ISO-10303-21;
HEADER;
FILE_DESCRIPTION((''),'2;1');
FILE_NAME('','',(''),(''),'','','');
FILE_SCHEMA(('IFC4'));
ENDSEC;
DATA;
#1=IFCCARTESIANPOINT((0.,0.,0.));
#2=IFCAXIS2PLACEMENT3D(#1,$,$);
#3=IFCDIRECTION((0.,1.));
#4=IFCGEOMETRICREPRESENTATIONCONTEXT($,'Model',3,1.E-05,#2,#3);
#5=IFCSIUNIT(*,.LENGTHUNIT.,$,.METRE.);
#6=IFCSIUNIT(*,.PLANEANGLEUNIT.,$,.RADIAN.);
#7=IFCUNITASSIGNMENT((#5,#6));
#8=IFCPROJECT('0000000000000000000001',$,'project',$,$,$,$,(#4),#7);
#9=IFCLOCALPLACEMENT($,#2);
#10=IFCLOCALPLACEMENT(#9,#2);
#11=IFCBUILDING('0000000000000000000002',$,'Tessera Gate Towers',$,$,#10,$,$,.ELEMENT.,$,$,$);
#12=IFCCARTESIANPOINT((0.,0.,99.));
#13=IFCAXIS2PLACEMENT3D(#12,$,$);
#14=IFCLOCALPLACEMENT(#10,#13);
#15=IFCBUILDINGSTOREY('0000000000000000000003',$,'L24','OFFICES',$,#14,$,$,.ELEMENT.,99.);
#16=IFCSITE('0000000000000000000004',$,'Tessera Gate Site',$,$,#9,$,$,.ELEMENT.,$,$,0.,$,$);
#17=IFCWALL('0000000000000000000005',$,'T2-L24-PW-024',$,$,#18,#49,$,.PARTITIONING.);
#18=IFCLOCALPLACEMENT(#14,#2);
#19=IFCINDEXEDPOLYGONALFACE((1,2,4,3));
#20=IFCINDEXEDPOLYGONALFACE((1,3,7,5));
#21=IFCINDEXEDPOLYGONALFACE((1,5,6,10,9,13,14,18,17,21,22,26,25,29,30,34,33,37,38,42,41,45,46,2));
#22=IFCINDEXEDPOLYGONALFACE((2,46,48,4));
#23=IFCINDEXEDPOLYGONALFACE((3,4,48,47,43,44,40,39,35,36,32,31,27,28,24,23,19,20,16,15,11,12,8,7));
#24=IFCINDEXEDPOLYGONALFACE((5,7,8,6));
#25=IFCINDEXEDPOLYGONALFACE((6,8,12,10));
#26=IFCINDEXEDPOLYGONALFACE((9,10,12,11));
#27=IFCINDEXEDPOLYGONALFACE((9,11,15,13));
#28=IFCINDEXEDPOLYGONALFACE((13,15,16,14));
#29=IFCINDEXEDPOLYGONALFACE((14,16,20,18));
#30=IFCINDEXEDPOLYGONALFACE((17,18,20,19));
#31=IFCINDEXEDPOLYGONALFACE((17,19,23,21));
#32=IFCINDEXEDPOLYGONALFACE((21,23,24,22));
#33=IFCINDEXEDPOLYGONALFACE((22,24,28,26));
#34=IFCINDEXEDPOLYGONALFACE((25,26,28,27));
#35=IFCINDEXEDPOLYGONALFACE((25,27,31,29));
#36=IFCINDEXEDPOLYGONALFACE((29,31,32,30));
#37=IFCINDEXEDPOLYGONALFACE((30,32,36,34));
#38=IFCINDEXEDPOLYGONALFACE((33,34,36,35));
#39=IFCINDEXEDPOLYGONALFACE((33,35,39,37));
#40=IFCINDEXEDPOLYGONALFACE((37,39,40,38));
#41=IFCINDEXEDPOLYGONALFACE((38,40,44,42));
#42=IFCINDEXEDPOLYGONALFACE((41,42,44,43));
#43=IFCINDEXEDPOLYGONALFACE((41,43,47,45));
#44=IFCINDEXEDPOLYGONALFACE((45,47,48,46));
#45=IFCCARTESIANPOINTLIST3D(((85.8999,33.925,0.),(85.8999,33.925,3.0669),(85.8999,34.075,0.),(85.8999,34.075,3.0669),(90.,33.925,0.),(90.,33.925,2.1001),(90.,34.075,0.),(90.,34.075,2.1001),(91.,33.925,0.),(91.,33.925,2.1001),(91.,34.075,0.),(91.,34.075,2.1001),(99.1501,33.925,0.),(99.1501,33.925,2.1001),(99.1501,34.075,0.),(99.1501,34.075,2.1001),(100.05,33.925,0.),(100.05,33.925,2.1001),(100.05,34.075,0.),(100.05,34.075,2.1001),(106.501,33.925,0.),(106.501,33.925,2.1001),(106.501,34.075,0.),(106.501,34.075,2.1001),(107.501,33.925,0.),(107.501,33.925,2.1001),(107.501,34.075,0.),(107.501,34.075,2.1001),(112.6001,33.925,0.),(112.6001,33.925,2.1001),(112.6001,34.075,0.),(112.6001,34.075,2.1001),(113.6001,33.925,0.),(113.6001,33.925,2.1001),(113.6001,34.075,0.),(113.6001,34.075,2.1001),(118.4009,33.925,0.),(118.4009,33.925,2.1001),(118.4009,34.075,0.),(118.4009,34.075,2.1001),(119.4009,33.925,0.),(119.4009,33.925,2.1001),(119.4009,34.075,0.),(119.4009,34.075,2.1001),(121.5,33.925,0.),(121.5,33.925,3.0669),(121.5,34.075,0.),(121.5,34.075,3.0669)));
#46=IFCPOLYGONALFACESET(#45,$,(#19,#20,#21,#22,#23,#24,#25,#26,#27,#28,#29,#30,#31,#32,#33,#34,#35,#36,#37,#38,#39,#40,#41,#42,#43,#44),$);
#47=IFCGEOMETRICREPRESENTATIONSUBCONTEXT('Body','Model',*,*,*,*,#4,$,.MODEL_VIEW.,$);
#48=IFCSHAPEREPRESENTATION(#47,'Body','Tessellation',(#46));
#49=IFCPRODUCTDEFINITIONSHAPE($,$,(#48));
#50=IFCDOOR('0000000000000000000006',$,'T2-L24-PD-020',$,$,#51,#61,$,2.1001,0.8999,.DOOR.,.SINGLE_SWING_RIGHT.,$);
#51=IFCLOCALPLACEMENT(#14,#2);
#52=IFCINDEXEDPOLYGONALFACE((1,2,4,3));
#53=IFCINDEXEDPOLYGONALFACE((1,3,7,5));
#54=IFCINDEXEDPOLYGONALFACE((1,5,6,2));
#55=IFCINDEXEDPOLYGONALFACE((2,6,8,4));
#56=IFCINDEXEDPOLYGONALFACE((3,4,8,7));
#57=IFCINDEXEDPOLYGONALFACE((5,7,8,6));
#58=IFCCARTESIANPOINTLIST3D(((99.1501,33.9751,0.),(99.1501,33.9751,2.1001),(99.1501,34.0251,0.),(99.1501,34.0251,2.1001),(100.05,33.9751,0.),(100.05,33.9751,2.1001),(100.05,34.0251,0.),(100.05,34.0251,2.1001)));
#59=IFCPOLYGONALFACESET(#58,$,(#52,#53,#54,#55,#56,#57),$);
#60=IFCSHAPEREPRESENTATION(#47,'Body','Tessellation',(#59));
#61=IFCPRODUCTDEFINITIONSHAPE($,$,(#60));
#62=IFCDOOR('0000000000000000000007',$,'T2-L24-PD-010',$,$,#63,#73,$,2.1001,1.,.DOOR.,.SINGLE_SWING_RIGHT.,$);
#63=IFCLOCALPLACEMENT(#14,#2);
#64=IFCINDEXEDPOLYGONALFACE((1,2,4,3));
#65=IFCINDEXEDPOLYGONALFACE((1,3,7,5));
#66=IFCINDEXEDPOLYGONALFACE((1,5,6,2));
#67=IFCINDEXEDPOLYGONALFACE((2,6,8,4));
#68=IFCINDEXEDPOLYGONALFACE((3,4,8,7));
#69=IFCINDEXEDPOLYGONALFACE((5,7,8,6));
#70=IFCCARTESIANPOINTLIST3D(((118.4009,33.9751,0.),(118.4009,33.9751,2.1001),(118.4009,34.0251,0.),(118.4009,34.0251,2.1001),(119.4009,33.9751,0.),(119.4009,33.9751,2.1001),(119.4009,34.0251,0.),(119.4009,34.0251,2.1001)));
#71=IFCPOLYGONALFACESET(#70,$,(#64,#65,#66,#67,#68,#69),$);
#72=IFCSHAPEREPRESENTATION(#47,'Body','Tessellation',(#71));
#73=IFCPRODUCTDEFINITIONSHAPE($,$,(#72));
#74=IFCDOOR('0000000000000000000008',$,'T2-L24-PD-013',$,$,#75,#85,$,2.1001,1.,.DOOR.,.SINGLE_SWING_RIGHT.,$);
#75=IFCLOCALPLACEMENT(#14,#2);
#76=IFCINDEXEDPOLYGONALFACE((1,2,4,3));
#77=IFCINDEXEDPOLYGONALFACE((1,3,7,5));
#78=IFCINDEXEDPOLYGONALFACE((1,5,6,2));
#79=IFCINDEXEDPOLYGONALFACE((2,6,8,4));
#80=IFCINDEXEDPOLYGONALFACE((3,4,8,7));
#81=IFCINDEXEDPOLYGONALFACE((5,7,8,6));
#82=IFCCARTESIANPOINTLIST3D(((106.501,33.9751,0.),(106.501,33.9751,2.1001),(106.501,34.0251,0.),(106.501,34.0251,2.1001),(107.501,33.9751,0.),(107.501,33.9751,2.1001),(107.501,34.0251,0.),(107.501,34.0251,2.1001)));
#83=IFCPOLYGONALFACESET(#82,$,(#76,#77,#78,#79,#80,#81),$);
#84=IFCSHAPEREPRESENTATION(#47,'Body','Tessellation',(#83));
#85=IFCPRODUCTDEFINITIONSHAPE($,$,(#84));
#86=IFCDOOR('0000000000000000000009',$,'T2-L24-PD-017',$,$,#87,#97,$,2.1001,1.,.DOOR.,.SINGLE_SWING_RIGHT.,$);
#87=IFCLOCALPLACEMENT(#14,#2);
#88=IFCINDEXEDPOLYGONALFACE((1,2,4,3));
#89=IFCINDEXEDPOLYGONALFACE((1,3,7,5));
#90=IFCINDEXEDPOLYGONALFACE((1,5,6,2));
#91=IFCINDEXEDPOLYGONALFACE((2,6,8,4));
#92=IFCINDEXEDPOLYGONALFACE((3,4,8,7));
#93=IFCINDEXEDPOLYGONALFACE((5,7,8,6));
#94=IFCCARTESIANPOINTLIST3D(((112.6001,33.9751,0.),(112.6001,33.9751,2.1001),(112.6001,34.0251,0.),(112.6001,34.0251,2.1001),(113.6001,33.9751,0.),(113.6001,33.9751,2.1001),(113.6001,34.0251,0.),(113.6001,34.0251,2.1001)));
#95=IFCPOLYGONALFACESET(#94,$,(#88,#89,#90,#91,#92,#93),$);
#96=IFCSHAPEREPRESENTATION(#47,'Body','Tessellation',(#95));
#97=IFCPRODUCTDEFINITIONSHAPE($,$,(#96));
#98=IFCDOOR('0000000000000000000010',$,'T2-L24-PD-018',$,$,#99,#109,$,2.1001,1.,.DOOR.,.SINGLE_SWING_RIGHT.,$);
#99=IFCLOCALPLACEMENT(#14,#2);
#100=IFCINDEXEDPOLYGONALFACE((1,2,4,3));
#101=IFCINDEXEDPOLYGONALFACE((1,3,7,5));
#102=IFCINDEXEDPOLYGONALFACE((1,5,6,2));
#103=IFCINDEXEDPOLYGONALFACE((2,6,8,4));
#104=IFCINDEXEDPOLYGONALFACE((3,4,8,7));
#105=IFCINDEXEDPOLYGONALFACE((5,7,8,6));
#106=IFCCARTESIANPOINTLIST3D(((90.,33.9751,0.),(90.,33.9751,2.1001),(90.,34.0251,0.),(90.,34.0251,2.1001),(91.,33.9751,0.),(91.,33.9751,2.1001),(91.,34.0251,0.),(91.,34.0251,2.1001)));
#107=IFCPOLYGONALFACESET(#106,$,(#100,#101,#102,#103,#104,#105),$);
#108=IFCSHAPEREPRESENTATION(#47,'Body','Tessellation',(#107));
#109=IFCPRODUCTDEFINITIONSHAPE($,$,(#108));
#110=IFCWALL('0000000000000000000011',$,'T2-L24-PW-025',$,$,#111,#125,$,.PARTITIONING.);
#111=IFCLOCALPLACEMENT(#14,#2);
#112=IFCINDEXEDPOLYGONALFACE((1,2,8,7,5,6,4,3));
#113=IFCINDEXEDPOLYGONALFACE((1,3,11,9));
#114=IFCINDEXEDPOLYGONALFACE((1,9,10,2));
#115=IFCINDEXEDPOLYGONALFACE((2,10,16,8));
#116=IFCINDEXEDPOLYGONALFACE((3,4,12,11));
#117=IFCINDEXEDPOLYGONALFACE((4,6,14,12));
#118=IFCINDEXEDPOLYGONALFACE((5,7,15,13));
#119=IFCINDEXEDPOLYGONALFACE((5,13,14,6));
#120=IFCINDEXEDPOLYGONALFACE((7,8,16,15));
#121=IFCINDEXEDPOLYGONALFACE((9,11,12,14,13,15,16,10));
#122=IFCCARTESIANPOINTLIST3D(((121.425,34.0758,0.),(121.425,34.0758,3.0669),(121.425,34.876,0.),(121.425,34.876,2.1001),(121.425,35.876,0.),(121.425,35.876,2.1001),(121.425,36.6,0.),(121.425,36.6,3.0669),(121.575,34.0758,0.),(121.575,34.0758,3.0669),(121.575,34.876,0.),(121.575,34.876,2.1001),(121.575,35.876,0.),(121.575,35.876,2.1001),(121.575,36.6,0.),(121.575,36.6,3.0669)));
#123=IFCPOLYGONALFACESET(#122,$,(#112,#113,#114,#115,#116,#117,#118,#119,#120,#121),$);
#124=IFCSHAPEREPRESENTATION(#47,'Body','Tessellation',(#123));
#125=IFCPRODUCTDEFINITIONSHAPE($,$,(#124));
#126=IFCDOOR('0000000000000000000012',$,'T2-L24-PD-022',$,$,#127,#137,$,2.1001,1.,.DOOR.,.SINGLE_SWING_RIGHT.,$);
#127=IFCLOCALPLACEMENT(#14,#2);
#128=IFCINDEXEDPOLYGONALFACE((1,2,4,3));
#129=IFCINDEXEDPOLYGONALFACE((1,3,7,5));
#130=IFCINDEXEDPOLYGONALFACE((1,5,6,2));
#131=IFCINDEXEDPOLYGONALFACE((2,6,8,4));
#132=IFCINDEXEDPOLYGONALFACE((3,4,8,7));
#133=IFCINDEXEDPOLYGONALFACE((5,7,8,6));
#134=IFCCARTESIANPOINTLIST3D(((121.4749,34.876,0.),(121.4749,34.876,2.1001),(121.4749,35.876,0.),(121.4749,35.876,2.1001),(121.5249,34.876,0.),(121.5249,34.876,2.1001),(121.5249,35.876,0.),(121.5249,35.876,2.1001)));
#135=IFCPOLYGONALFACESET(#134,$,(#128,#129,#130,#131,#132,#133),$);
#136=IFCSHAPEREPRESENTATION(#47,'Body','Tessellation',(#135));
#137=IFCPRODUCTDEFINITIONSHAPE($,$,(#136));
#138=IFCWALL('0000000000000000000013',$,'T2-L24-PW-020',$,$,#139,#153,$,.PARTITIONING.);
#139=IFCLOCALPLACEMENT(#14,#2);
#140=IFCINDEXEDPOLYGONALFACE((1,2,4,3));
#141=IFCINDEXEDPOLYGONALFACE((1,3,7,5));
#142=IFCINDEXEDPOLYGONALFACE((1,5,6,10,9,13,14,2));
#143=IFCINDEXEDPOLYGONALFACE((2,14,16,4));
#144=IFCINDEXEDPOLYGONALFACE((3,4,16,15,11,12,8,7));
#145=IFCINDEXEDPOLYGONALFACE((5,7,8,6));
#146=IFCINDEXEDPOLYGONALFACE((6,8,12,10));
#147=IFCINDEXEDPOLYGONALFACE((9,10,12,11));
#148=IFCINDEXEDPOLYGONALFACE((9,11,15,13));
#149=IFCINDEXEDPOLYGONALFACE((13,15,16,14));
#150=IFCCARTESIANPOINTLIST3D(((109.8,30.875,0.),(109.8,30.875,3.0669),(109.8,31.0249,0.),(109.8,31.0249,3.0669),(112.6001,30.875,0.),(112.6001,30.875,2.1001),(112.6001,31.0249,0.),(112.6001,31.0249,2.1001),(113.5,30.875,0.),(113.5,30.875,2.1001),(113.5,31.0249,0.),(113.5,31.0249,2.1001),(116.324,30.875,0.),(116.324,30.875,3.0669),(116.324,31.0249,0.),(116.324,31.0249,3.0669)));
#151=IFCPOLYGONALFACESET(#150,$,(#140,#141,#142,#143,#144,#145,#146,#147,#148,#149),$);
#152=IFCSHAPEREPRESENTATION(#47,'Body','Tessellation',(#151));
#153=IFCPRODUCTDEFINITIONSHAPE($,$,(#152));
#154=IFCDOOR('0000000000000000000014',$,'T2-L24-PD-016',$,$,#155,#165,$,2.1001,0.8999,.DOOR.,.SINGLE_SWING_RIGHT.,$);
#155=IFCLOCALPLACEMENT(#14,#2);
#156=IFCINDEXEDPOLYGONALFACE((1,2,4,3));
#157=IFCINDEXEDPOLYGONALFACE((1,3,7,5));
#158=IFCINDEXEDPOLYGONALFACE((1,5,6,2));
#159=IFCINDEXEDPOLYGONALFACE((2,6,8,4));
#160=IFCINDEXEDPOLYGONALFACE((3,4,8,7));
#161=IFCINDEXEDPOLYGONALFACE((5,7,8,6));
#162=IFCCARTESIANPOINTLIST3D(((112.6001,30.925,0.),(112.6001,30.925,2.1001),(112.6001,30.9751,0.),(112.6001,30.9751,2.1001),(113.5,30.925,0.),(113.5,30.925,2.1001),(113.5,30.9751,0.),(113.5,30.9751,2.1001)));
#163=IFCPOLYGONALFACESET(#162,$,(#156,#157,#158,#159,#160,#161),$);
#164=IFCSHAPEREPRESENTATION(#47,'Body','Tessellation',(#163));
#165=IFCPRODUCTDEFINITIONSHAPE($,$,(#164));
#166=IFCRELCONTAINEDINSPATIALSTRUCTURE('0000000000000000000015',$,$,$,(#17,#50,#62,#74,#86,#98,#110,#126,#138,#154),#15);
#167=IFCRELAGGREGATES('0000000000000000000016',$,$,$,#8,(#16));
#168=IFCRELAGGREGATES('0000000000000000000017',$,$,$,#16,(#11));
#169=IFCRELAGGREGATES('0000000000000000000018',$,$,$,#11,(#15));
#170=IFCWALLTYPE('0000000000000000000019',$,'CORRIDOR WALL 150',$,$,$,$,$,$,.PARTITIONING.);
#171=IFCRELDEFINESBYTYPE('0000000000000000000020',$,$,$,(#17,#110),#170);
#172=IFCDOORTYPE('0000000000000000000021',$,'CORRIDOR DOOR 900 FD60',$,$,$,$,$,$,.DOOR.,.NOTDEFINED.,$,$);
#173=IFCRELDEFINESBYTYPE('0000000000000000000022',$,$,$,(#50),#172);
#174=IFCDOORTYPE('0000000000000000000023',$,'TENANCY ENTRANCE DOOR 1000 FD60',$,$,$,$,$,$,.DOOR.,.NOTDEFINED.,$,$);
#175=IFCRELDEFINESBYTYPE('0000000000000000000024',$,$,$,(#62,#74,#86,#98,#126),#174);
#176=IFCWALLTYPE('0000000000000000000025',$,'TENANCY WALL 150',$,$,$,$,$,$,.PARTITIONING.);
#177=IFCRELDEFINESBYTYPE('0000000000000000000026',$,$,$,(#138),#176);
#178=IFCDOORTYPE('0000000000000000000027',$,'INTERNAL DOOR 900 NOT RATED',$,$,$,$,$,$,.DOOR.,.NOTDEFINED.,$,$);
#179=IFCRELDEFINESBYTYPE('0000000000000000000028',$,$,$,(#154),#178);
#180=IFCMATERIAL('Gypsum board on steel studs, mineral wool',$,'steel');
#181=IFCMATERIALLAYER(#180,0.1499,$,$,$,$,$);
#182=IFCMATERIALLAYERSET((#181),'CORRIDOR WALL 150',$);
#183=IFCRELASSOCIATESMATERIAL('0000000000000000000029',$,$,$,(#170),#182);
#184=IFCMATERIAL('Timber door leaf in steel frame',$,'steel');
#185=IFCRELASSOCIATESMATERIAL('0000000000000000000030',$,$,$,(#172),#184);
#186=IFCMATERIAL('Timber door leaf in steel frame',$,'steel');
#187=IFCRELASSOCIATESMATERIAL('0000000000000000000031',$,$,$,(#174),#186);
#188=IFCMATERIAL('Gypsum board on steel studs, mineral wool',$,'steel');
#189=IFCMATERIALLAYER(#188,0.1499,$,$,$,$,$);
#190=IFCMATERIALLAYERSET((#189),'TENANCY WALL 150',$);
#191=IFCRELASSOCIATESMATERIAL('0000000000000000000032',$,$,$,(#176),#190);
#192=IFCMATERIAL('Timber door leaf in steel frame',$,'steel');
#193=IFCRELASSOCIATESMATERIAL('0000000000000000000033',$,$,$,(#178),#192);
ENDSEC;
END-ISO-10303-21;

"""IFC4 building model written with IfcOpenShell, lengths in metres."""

from ifc_helpers import new_model, si_unit, direction, frame, frame_2d, origin, place, context, subcontext, project, spatial, rectangle, extrude, source, transform, mapped, material, layer, layer_set, type_object, element, fill, save


model = new_model("IFC4")

# Units and contexts
model_context = context("Model", 3, precision=1e-05, world=origin(), true_north=direction((0.0, 1.0)))
body_context = subcontext(model_context, "Body", "Model", "MODEL_VIEW")
ifc_project = project(units=[si_unit("LENGTHUNIT", "METRE"), si_unit("PLANEANGLEUNIT", "RADIAN")], contexts=[model_context])

# Site, building, storey
site_placement = place(None, origin())
site = spatial("IfcSite", under=ifc_project, at=site_placement, Name="Tessera Gate Site", CompositionType="ELEMENT", RefElevation=0.0)
building_placement = place(site_placement, origin())
building = spatial("IfcBuilding", under=site, at=building_placement, Name="Tessera Gate Towers", CompositionType="ELEMENT")
storey_placement = place(building_placement, frame((0.0, 0.0, 99.0)))
storey = spatial("IfcBuildingStorey", under=building, at=storey_placement, Name="L24", Description="OFFICES", CompositionType="ELEMENT", Elevation=99.0)

# Wall, openings, doors
ifc_material_1 = material(Name="Gypsum board on steel studs, mineral wool", Category="steel")
ifc_layer_1 = layer(ifc_material_1, 0.1499)
ifc_layer_set_1 = layer_set([ifc_layer_1], Name="CORRIDOR WALL 150")
wall_type_1 = type_object("IfcWallType", Name="CORRIDOR WALL 150", PredefinedType="PARTITIONING", material=ifc_layer_set_1)
wall_1_placement = place(storey_placement, frame((121.5, 34.0, 0.0), z_axis=(0.0, 0.0, 1.0), x_axis=(-1.0, 0.0, 0.0)))
wall_1 = element("IfcWall", 1, at=wall_1_placement, inside=storey, type_object=wall_type_1, Name="T2-L24-PW-024", PredefinedType="PARTITIONING", context=body_context, shape_type="SweptSolid", body=[
    extrude(rectangle(XDim=35.6001, YDim=0.1499, at=frame_2d((17.8, 0.0))), origin(), (0.0, 0.0, 1.0), 3.0669),
])
shared_shape_1 = source(origin(), body_context, "Body", "SweptSolid", [
    extrude(rectangle(XDim=1.0, YDim=2.1001, at=frame_2d((0.5, 1.05))), frame((0.0, 0.085, 0.0), z_axis=(0.0, -1.0, 0.0), x_axis=(1.0, 0.0, 0.0)), (0.0, 0.0, 1.0), 0.1699),
])
opening_1_placement = place(wall_1_placement, frame((2.0991, 0.0, 0.0)))
opening_1 = element("IfcOpeningElement", 2, at=opening_1_placement, cuts=wall_1, PredefinedType="OPENING", context=body_context, shape_type="MappedRepresentation", body=[
    mapped(shared_shape_1, transform((0.0, 0.0, 0.0), scale=1.0)),
])
opening_2_placement = place(wall_1_placement, frame((13.999, 0.0, 0.0)))
opening_2 = element("IfcOpeningElement", 3, at=opening_2_placement, cuts=wall_1, PredefinedType="OPENING", context=body_context, shape_type="MappedRepresentation", body=[
    mapped(shared_shape_1, transform((0.0, 0.0, 0.0), scale=1.0)),
])
opening_3_placement = place(wall_1_placement, frame((7.8999, 0.0, 0.0)))
opening_3 = element("IfcOpeningElement", 4, at=opening_3_placement, cuts=wall_1, PredefinedType="OPENING", context=body_context, shape_type="MappedRepresentation", body=[
    mapped(shared_shape_1, transform((0.0, 0.0, 0.0), scale=1.0)),
])
opening_4_placement = place(wall_1_placement, frame((30.5, 0.0, 0.0)))
opening_4 = element("IfcOpeningElement", 5, at=opening_4_placement, cuts=wall_1, PredefinedType="OPENING", context=body_context, shape_type="MappedRepresentation", body=[
    mapped(shared_shape_1, transform((0.0, 0.0, 0.0), scale=1.0)),
])
shared_shape_2 = source(origin(), body_context, "Body", "SweptSolid", [
    extrude(rectangle(XDim=0.8999, YDim=2.1001, at=frame_2d((0.45, 1.05))), frame((0.0, 0.085, 0.0), z_axis=(0.0, -1.0, 0.0), x_axis=(1.0, 0.0, 0.0)), (0.0, 0.0, 1.0), 0.1699),
])
opening_5_placement = place(wall_1_placement, frame((21.45, 0.0, 0.0)))
opening_5 = element("IfcOpeningElement", 6, at=opening_5_placement, cuts=wall_1, PredefinedType="OPENING", context=body_context, shape_type="MappedRepresentation", body=[
    mapped(shared_shape_2, transform((0.0, 0.0, 0.0), scale=1.0)),
])
ifc_material_2 = material(Name="Timber door leaf in steel frame", Category="steel")
door_type_1 = type_object("IfcDoorType", Name="CORRIDOR DOOR 900 FD60", OperationType="NOTDEFINED", PredefinedType="DOOR", material=ifc_material_2)
shared_shape_3 = source(origin(), body_context, "Body", "SweptSolid", [
    extrude(rectangle(XDim=0.8999, YDim=2.1001, at=frame_2d((0.45, 1.05))), frame((0.0, 0.0249, 0.0), z_axis=(0.0, -1.0, 0.0), x_axis=(1.0, 0.0, 0.0)), (0.0, 0.0, 1.0), 0.05),
])
door_1_placement = place(opening_5_placement, origin())
door_1 = element("IfcDoor", 7, at=door_1_placement, inside=storey, type_object=door_type_1, Name="T2-L24-PD-020", OperationType="SINGLE_SWING_RIGHT", OverallHeight=2.1001, OverallWidth=0.8999, PredefinedType="DOOR", context=body_context, shape_type="MappedRepresentation", body=[
    mapped(shared_shape_3, transform((0.0, 0.0, 0.0), scale=1.0)),
])
fill(opening_5, door_1)
ifc_material_3 = material(Name="Timber door leaf in steel frame", Category="steel")
door_type_2 = type_object("IfcDoorType", Name="TENANCY ENTRANCE DOOR 1000 FD60", OperationType="NOTDEFINED", PredefinedType="DOOR", material=ifc_material_3)
shared_shape_4 = source(origin(), body_context, "Body", "SweptSolid", [
    extrude(rectangle(XDim=1.0, YDim=2.1001, at=frame_2d((0.5, 1.05))), frame((0.0, 0.0249, 0.0), z_axis=(0.0, -1.0, 0.0), x_axis=(1.0, 0.0, 0.0)), (0.0, 0.0, 1.0), 0.05),
])
door_2_placement = place(opening_1_placement, origin())
door_2 = element("IfcDoor", 8, at=door_2_placement, inside=storey, type_object=door_type_2, Name="T2-L24-PD-010", OperationType="SINGLE_SWING_RIGHT", OverallHeight=2.1001, OverallWidth=1.0, PredefinedType="DOOR", context=body_context, shape_type="MappedRepresentation", body=[
    mapped(shared_shape_4, transform((0.0, 0.0, 0.0), scale=1.0)),
])
fill(opening_1, door_2)
door_3_placement = place(opening_2_placement, origin())
door_3 = element("IfcDoor", 9, at=door_3_placement, inside=storey, type_object=door_type_2, Name="T2-L24-PD-013", OperationType="SINGLE_SWING_RIGHT", OverallHeight=2.1001, OverallWidth=1.0, PredefinedType="DOOR", context=body_context, shape_type="MappedRepresentation", body=[
    mapped(shared_shape_4, transform((0.0, 0.0, 0.0), scale=1.0)),
])
fill(opening_2, door_3)
door_4_placement = place(opening_3_placement, origin())
door_4 = element("IfcDoor", 10, at=door_4_placement, inside=storey, type_object=door_type_2, Name="T2-L24-PD-017", OperationType="SINGLE_SWING_RIGHT", OverallHeight=2.1001, OverallWidth=1.0, PredefinedType="DOOR", context=body_context, shape_type="MappedRepresentation", body=[
    mapped(shared_shape_4, transform((0.0, 0.0, 0.0), scale=1.0)),
])
fill(opening_3, door_4)
door_5_placement = place(opening_4_placement, origin())
door_5 = element("IfcDoor", 11, at=door_5_placement, inside=storey, type_object=door_type_2, Name="T2-L24-PD-018", OperationType="SINGLE_SWING_RIGHT", OverallHeight=2.1001, OverallWidth=1.0, PredefinedType="DOOR", context=body_context, shape_type="MappedRepresentation", body=[
    mapped(shared_shape_4, transform((0.0, 0.0, 0.0), scale=1.0)),
])
fill(opening_4, door_5)

# Walls, openings, doors
wall_2_placement = place(storey_placement, frame((121.5, 36.6001, 0.0), z_axis=(0.0, 0.0, 1.0), x_axis=(0.0, -1.0, 0.0)))
wall_2 = element("IfcWall", 12, at=wall_2_placement, inside=storey, type_object=wall_type_1, Name="T2-L24-PW-025", PredefinedType="PARTITIONING", context=body_context, shape_type="SweptSolid", body=[
    extrude(rectangle(XDim=2.5242, YDim=0.1499, at=frame_2d((1.2622, 0.0))), origin(), (0.0, 0.0, 1.0), 3.0669),
])
opening_6_placement = place(wall_2_placement, frame((0.7241, 0.0, 0.0)))
opening_6 = element("IfcOpeningElement", 13, at=opening_6_placement, cuts=wall_2, PredefinedType="OPENING", context=body_context, shape_type="MappedRepresentation", body=[
    mapped(shared_shape_1, transform((0.0, 0.0, 0.0), scale=1.0)),
])
door_6_placement = place(opening_6_placement, origin())
door_6 = element("IfcDoor", 14, at=door_6_placement, inside=storey, type_object=door_type_2, Name="T2-L24-PD-022", OperationType="SINGLE_SWING_RIGHT", OverallHeight=2.1001, OverallWidth=1.0, PredefinedType="DOOR", context=body_context, shape_type="MappedRepresentation", body=[
    mapped(shared_shape_4, transform((0.0, 0.0, 0.0), scale=1.0)),
])
fill(opening_6, door_6)
ifc_material_4 = material(Name="Gypsum board on steel studs, mineral wool", Category="steel")
ifc_layer_2 = layer(ifc_material_4, 0.1499)
ifc_layer_set_2 = layer_set([ifc_layer_2], Name="TENANCY WALL 150")
wall_type_2 = type_object("IfcWallType", Name="TENANCY WALL 150", PredefinedType="PARTITIONING", material=ifc_layer_set_2)
wall_3_placement = place(storey_placement, frame((116.324, 30.95, 0.0), z_axis=(0.0, 0.0, 1.0), x_axis=(-1.0, 0.0, 0.0)))
wall_3 = element("IfcWall", 15, at=wall_3_placement, inside=storey, type_object=wall_type_2, Name="T2-L24-PW-020", PredefinedType="PARTITIONING", context=body_context, shape_type="SweptSolid", body=[
    extrude(rectangle(XDim=6.5239, YDim=0.1499, at=frame_2d((3.262, 0.0))), origin(), (0.0, 0.0, 1.0), 3.0669),
])
opening_7_placement = place(wall_3_placement, frame((2.824, 0.0, 0.0)))
opening_7 = element("IfcOpeningElement", 16, at=opening_7_placement, cuts=wall_3, PredefinedType="OPENING", context=body_context, shape_type="MappedRepresentation", body=[
    mapped(shared_shape_2, transform((0.0, 0.0, 0.0), scale=1.0)),
])
ifc_material_5 = material(Name="Timber door leaf in steel frame", Category="steel")
door_type_3 = type_object("IfcDoorType", Name="INTERNAL DOOR 900 NOT RATED", OperationType="NOTDEFINED", PredefinedType="DOOR", material=ifc_material_5)
door_7_placement = place(opening_7_placement, origin())
door_7 = element("IfcDoor", 17, at=door_7_placement, inside=storey, type_object=door_type_3, Name="T2-L24-PD-016", OperationType="SINGLE_SWING_RIGHT", OverallHeight=2.1001, OverallWidth=0.8999, PredefinedType="DOOR", context=body_context, shape_type="MappedRepresentation", body=[
    mapped(shared_shape_3, transform((0.0, 0.0, 0.0), scale=1.0)),
])
fill(opening_7, door_7)

save(model, "model.ifc")
